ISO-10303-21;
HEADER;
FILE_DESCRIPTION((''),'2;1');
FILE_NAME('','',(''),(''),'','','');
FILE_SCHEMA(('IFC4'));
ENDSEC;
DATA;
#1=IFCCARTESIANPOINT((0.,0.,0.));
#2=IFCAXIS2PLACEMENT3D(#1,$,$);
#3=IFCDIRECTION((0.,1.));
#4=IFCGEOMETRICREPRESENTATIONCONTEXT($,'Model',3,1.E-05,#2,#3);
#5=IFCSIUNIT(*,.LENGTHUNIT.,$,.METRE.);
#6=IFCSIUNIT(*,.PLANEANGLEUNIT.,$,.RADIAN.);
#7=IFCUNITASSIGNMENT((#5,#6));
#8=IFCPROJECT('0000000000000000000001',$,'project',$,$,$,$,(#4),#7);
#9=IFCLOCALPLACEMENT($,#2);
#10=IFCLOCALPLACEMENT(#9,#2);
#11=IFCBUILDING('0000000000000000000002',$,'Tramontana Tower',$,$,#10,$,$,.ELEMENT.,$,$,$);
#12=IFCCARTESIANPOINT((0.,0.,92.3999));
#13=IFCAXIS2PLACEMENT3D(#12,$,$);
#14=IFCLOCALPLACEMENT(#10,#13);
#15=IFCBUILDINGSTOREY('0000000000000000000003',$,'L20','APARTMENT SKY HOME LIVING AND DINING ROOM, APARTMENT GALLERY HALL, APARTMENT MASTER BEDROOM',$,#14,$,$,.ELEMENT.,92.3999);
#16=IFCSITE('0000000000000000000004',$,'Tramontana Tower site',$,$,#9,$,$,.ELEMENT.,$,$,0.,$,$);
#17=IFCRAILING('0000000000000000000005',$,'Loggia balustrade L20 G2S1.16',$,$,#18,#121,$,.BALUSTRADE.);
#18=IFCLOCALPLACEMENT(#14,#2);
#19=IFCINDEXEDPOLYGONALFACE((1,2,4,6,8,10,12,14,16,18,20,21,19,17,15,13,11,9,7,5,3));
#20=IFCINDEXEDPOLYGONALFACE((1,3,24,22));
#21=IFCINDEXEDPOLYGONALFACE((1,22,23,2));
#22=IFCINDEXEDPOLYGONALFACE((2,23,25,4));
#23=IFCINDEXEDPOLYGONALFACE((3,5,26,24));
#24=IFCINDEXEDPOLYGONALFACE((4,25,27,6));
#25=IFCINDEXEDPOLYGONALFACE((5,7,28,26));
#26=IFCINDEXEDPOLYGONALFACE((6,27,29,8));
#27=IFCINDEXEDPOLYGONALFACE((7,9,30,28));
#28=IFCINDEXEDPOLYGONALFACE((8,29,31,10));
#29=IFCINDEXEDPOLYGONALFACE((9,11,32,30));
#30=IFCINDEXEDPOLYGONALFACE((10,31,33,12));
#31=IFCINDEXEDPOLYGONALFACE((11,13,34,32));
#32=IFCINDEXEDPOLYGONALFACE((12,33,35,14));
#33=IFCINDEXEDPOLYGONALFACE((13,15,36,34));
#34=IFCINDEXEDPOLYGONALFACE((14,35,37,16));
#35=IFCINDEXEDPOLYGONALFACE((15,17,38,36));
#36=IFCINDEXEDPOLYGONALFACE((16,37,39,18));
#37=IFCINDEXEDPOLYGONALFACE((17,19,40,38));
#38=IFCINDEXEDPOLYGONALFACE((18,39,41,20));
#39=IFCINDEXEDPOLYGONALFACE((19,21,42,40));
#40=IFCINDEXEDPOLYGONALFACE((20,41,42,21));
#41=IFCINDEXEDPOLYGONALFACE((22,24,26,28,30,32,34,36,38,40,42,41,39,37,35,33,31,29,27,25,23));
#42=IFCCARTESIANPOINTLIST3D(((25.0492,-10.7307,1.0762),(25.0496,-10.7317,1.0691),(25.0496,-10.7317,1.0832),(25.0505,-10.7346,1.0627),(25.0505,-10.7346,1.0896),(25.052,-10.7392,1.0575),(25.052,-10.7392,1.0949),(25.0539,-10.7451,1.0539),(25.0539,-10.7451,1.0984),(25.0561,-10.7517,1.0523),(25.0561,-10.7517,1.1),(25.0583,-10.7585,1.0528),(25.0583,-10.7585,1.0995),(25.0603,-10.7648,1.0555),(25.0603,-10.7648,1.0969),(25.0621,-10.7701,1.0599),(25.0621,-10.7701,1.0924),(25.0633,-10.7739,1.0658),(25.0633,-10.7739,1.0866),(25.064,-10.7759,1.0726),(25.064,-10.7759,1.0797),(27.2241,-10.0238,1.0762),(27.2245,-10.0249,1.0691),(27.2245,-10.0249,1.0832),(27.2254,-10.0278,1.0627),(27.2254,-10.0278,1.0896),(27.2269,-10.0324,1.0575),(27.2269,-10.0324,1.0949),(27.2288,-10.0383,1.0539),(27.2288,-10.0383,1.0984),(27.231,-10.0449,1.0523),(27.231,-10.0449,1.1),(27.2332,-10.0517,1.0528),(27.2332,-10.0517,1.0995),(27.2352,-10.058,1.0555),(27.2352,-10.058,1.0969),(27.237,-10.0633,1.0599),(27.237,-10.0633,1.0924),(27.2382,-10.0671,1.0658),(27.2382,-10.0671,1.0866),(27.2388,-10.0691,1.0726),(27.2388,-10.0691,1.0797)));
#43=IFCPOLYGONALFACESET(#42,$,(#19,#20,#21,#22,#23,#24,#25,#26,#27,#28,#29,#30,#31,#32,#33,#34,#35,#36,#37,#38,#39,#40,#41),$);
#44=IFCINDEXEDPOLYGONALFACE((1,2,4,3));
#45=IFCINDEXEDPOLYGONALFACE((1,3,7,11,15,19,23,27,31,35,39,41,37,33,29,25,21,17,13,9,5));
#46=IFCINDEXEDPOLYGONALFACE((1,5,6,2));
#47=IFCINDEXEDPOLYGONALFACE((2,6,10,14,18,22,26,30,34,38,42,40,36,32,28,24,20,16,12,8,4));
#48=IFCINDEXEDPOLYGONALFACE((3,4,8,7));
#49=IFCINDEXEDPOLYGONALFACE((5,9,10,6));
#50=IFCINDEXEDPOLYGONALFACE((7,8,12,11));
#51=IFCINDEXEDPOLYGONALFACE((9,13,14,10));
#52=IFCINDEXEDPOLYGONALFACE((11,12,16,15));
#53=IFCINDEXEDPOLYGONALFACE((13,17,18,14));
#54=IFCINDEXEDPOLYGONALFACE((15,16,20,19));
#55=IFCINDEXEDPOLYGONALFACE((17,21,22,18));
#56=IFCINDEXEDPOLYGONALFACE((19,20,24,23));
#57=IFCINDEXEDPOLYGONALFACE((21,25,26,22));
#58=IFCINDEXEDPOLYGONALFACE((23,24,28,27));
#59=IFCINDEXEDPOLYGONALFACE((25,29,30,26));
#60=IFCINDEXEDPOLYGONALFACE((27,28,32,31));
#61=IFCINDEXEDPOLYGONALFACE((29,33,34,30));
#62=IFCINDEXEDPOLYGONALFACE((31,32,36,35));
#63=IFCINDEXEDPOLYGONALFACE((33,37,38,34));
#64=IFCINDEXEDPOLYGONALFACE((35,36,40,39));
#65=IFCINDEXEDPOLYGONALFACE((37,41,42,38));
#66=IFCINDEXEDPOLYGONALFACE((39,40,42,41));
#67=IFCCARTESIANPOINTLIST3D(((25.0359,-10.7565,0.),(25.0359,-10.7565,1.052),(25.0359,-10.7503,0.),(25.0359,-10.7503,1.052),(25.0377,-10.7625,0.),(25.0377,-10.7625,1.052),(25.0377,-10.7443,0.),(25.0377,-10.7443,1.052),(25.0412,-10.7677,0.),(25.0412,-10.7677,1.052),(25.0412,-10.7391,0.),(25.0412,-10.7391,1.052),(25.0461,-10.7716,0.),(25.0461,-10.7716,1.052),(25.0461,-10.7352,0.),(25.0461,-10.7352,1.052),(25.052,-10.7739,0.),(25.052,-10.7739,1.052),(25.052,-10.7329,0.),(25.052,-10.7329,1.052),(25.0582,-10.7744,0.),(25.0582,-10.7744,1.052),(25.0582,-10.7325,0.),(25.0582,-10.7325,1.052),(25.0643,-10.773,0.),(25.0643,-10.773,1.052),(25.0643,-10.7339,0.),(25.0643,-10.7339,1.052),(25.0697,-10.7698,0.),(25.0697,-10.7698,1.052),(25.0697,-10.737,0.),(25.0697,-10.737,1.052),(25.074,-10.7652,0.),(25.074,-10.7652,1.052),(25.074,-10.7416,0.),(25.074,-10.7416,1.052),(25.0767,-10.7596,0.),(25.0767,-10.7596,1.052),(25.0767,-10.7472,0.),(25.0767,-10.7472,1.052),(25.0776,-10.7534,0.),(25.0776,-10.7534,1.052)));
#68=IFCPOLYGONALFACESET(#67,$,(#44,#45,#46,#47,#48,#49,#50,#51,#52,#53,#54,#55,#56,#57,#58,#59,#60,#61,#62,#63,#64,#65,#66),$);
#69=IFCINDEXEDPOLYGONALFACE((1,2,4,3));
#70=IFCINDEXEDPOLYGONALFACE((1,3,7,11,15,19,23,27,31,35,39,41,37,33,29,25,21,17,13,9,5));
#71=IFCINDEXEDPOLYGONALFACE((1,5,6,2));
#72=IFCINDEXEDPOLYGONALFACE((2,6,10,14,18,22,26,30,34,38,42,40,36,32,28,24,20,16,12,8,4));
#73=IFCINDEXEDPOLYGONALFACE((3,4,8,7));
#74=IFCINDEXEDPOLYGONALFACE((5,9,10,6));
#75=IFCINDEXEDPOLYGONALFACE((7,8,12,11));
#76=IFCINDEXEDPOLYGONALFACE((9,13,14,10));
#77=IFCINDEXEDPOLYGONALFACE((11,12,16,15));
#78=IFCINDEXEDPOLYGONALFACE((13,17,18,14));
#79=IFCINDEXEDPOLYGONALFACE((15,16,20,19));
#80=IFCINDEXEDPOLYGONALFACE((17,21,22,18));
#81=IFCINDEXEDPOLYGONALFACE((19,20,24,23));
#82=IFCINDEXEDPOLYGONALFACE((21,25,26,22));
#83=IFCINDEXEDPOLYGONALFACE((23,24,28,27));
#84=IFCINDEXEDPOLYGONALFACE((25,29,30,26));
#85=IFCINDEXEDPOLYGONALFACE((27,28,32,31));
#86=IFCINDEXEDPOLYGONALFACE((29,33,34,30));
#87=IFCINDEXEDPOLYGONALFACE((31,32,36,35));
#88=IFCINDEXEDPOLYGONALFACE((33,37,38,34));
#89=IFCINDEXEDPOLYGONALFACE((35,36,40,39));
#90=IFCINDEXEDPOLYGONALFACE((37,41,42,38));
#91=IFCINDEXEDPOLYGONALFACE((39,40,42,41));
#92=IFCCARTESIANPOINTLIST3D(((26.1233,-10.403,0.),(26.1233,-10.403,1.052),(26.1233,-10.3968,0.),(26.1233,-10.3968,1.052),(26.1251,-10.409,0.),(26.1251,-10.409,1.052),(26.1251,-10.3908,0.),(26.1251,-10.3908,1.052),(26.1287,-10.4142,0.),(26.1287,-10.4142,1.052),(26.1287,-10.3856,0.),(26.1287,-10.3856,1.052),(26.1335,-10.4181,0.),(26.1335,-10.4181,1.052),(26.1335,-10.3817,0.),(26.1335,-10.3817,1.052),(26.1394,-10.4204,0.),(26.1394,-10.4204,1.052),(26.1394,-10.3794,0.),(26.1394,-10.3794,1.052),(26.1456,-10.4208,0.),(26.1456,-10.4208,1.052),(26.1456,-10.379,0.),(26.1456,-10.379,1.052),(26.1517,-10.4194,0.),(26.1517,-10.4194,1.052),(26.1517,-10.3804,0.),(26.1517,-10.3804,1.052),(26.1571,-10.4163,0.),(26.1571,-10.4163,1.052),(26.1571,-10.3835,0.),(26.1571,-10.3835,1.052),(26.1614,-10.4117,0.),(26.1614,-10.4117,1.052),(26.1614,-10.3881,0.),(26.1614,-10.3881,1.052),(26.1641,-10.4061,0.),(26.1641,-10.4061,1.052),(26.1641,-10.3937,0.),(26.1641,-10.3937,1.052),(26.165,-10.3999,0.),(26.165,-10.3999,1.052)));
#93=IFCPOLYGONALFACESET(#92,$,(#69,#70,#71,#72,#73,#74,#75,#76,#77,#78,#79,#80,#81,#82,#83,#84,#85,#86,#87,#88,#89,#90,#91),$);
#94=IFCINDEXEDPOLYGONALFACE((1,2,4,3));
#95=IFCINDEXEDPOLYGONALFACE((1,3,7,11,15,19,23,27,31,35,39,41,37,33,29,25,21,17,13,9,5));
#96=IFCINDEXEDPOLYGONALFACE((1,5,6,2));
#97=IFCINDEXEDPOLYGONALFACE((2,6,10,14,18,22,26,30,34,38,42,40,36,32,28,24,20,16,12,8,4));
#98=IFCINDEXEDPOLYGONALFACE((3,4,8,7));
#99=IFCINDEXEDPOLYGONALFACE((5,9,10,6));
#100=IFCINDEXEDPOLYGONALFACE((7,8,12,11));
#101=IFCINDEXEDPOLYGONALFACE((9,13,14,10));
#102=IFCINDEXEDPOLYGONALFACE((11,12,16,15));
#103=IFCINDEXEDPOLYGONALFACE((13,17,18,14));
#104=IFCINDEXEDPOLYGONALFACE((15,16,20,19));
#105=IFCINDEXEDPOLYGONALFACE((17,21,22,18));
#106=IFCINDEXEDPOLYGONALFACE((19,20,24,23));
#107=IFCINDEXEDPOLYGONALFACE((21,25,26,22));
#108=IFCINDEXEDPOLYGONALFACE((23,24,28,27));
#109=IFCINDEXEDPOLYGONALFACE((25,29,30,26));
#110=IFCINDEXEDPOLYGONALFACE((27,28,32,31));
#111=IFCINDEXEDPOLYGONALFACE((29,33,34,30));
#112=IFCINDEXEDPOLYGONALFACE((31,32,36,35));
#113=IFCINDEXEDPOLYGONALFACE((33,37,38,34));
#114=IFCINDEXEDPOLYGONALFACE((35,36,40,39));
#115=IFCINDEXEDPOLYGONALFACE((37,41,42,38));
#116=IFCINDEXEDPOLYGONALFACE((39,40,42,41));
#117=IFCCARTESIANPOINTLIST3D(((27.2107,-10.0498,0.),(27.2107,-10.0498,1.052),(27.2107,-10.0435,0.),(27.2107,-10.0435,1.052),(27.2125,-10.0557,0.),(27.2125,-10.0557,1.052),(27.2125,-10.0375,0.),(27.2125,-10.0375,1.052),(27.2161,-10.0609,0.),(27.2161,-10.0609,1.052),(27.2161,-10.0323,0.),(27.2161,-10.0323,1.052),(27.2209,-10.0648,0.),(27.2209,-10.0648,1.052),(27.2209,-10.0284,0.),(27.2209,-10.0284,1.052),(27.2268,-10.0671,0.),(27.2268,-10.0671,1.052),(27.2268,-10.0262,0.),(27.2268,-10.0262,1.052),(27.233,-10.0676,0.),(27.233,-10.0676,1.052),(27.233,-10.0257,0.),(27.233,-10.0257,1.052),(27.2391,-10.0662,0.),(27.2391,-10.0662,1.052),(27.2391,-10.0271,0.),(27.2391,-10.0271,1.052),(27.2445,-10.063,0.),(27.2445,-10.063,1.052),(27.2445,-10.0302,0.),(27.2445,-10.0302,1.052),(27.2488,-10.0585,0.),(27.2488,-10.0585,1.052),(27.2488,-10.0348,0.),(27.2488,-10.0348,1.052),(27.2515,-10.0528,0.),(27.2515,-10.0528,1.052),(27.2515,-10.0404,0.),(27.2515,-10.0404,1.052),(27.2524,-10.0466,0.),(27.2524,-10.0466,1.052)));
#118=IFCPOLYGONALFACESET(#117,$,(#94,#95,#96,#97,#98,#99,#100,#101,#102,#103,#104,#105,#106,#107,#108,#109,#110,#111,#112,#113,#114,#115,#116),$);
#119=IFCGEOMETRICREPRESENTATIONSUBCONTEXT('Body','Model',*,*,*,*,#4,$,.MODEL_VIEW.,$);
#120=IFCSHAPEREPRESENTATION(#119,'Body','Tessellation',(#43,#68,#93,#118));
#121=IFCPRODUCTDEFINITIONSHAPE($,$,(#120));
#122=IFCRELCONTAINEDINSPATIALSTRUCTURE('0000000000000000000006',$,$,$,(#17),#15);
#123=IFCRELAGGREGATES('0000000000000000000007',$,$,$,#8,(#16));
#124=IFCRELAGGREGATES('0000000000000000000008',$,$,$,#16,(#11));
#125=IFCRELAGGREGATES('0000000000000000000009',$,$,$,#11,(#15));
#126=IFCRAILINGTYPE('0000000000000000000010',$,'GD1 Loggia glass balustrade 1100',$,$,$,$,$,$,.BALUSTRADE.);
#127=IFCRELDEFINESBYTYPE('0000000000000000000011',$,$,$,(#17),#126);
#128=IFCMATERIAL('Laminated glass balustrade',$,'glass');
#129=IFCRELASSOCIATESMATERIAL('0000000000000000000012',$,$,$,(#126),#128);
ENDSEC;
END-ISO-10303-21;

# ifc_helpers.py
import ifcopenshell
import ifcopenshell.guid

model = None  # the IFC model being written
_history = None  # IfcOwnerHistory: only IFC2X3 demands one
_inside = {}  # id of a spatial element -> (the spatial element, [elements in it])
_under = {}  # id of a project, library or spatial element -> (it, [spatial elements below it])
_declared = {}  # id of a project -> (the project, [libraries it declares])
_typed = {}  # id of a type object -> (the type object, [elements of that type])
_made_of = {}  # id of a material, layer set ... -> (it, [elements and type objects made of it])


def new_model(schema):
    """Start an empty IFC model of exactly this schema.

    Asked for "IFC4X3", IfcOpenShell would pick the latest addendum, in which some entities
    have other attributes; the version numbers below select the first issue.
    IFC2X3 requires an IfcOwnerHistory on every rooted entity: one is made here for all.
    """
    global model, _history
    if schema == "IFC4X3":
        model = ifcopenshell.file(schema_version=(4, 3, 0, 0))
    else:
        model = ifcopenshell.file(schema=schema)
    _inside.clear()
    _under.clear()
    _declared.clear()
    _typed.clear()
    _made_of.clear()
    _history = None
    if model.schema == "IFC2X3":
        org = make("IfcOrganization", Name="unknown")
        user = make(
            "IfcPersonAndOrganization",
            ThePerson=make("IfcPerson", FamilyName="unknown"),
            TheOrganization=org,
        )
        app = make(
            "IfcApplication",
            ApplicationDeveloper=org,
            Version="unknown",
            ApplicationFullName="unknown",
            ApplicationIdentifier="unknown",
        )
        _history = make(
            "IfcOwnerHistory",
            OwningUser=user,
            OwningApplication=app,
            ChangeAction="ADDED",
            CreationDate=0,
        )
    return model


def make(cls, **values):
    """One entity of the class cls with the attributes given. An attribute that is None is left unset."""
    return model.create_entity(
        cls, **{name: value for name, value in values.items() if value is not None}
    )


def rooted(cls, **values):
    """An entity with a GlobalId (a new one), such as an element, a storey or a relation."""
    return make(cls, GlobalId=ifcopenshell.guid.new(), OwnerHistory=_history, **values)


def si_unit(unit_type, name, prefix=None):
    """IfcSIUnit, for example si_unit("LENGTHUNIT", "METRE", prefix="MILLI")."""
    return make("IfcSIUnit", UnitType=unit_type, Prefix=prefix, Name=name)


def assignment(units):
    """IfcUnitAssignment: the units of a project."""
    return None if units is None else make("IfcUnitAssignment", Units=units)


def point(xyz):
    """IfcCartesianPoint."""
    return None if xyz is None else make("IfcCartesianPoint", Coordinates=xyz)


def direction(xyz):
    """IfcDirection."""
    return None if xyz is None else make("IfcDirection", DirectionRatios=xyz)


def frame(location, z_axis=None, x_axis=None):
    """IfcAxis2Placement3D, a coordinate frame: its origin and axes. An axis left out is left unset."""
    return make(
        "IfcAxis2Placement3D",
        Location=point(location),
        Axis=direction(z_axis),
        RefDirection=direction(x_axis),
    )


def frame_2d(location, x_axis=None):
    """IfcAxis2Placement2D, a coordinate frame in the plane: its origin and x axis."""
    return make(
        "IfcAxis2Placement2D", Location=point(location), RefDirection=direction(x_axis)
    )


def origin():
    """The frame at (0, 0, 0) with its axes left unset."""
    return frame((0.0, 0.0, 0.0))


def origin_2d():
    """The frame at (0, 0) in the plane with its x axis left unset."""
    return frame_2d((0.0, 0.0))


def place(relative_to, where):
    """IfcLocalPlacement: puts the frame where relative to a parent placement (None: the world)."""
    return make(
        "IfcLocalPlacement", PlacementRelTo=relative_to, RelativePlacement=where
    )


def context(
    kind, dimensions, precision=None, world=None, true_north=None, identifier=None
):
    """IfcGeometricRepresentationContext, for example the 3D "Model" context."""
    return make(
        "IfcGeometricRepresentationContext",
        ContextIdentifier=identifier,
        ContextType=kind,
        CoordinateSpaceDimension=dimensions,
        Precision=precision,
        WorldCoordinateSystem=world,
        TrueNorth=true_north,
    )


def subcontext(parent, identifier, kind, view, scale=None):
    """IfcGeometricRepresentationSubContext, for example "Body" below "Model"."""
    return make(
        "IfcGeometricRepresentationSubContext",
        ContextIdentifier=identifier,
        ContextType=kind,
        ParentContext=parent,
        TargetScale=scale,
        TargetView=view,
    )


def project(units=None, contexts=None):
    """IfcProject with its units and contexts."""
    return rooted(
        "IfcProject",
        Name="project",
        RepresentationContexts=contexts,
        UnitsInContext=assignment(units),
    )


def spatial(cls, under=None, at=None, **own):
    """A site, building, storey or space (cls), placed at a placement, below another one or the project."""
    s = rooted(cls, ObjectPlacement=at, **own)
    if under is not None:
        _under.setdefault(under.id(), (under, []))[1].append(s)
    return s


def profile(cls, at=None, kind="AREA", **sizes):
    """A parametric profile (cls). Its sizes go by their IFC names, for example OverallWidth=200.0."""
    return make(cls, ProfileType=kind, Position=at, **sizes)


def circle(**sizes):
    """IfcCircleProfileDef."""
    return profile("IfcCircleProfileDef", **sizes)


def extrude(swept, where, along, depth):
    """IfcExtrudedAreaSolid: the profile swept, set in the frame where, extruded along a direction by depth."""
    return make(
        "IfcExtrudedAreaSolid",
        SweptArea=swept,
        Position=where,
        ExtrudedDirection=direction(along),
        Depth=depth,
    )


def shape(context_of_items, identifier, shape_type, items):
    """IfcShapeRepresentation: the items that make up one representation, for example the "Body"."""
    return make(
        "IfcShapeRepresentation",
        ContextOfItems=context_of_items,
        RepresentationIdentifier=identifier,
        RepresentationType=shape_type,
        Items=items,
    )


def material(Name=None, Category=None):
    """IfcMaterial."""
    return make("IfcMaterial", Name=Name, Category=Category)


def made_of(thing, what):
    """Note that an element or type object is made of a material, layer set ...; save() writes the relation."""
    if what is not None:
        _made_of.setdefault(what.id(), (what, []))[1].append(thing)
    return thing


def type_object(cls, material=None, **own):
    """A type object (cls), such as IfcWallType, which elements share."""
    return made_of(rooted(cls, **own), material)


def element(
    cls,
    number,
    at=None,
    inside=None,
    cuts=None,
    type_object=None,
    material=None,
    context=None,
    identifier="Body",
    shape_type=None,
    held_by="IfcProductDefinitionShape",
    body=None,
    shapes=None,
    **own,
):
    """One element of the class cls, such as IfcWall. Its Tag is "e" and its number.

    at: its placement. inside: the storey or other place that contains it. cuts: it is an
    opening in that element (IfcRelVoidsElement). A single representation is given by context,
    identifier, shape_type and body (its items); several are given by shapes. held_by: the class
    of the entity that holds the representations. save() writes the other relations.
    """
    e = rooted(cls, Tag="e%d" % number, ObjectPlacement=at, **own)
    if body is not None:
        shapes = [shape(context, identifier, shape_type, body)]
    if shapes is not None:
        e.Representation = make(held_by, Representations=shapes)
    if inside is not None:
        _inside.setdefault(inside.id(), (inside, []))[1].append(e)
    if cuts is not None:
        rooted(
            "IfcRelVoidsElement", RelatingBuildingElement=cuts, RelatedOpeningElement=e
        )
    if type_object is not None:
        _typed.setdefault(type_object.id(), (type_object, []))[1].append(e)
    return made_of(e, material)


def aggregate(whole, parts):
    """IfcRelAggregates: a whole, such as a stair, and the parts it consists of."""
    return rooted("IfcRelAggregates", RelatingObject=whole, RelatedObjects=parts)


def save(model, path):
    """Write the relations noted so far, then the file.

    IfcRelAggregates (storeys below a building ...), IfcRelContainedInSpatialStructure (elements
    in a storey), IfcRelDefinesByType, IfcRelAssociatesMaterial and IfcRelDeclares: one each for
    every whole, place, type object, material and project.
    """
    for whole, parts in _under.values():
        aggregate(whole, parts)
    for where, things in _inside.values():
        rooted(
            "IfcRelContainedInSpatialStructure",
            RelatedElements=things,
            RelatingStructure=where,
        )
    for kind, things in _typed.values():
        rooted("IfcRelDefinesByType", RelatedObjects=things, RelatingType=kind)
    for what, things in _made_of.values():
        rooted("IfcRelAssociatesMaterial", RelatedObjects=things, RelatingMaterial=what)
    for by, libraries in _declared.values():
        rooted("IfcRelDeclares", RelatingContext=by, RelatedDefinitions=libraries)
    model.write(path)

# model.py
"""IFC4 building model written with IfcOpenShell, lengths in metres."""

from ifc_helpers import new_model, si_unit, direction, frame, origin, origin_2d, place, context, subcontext, project, spatial, circle, extrude, material, type_object, element, save


model = new_model("IFC4")

# Units and contexts
model_context = context("Model", 3, precision=1e-05, world=origin(), true_north=direction((0.0, 1.0)))
body_context = subcontext(model_context, "Body", "Model", "MODEL_VIEW")
ifc_project = project(units=[si_unit("LENGTHUNIT", "METRE"), si_unit("PLANEANGLEUNIT", "RADIAN")], contexts=[model_context])

# Site, building, storey
site_placement = place(None, origin())
site = spatial("IfcSite", under=ifc_project, at=site_placement, Name="Tramontana Tower site", CompositionType="ELEMENT", RefElevation=0.0)
building_placement = place(site_placement, origin())
building = spatial("IfcBuilding", under=site, at=building_placement, Name="Tramontana Tower", CompositionType="ELEMENT")
storey_placement = place(building_placement, frame((0.0, 0.0, 92.3999)))
storey = spatial("IfcBuildingStorey", under=building, at=storey_placement, Name="L20", Description="APARTMENT SKY HOME LIVING AND DINING ROOM, APARTMENT GALLERY HALL, APARTMENT MASTER BEDROOM", CompositionType="ELEMENT", Elevation=92.3999)

# Railing
ifc_material_1 = material(Name="Laminated glass balustrade", Category="glass")
railing_type = type_object("IfcRailingType", Name="GD1 Loggia glass balustrade 1100", PredefinedType="BALUSTRADE", material=ifc_material_1)
railing_1_placement = place(storey_placement, frame((25.0566, -10.7534, 0.0)))
element("IfcRailing", 1, at=railing_1_placement, inside=storey, type_object=railing_type, Name="Loggia balustrade L20 G2S1.16", PredefinedType="BALUSTRADE", context=body_context, shape_type="SweptSolid", body=[
    extrude(circle(Radius=0.0239, at=origin_2d()), frame((0.0, 0.0, 1.0762), z_axis=(0.951037, 0.309076, 0.0), x_axis=(-0.309076, 0.951037, 0.0)), (0.0, 0.0, 1.0), 2.2869),
    extrude(circle(Radius=0.021, at=origin_2d()), origin(), (0.0, 0.0, 1.0), 1.052),
    extrude(circle(Radius=0.021, at=origin_2d()), frame((1.0874, 0.3535, 0.0)), (0.0, 0.0, 1.0), 1.052),
    extrude(circle(Radius=0.021, at=origin_2d()), frame((2.1748, 0.7068, 0.0)), (0.0, 0.0, 1.0), 1.052),
])

save(model, "model.ifc")
